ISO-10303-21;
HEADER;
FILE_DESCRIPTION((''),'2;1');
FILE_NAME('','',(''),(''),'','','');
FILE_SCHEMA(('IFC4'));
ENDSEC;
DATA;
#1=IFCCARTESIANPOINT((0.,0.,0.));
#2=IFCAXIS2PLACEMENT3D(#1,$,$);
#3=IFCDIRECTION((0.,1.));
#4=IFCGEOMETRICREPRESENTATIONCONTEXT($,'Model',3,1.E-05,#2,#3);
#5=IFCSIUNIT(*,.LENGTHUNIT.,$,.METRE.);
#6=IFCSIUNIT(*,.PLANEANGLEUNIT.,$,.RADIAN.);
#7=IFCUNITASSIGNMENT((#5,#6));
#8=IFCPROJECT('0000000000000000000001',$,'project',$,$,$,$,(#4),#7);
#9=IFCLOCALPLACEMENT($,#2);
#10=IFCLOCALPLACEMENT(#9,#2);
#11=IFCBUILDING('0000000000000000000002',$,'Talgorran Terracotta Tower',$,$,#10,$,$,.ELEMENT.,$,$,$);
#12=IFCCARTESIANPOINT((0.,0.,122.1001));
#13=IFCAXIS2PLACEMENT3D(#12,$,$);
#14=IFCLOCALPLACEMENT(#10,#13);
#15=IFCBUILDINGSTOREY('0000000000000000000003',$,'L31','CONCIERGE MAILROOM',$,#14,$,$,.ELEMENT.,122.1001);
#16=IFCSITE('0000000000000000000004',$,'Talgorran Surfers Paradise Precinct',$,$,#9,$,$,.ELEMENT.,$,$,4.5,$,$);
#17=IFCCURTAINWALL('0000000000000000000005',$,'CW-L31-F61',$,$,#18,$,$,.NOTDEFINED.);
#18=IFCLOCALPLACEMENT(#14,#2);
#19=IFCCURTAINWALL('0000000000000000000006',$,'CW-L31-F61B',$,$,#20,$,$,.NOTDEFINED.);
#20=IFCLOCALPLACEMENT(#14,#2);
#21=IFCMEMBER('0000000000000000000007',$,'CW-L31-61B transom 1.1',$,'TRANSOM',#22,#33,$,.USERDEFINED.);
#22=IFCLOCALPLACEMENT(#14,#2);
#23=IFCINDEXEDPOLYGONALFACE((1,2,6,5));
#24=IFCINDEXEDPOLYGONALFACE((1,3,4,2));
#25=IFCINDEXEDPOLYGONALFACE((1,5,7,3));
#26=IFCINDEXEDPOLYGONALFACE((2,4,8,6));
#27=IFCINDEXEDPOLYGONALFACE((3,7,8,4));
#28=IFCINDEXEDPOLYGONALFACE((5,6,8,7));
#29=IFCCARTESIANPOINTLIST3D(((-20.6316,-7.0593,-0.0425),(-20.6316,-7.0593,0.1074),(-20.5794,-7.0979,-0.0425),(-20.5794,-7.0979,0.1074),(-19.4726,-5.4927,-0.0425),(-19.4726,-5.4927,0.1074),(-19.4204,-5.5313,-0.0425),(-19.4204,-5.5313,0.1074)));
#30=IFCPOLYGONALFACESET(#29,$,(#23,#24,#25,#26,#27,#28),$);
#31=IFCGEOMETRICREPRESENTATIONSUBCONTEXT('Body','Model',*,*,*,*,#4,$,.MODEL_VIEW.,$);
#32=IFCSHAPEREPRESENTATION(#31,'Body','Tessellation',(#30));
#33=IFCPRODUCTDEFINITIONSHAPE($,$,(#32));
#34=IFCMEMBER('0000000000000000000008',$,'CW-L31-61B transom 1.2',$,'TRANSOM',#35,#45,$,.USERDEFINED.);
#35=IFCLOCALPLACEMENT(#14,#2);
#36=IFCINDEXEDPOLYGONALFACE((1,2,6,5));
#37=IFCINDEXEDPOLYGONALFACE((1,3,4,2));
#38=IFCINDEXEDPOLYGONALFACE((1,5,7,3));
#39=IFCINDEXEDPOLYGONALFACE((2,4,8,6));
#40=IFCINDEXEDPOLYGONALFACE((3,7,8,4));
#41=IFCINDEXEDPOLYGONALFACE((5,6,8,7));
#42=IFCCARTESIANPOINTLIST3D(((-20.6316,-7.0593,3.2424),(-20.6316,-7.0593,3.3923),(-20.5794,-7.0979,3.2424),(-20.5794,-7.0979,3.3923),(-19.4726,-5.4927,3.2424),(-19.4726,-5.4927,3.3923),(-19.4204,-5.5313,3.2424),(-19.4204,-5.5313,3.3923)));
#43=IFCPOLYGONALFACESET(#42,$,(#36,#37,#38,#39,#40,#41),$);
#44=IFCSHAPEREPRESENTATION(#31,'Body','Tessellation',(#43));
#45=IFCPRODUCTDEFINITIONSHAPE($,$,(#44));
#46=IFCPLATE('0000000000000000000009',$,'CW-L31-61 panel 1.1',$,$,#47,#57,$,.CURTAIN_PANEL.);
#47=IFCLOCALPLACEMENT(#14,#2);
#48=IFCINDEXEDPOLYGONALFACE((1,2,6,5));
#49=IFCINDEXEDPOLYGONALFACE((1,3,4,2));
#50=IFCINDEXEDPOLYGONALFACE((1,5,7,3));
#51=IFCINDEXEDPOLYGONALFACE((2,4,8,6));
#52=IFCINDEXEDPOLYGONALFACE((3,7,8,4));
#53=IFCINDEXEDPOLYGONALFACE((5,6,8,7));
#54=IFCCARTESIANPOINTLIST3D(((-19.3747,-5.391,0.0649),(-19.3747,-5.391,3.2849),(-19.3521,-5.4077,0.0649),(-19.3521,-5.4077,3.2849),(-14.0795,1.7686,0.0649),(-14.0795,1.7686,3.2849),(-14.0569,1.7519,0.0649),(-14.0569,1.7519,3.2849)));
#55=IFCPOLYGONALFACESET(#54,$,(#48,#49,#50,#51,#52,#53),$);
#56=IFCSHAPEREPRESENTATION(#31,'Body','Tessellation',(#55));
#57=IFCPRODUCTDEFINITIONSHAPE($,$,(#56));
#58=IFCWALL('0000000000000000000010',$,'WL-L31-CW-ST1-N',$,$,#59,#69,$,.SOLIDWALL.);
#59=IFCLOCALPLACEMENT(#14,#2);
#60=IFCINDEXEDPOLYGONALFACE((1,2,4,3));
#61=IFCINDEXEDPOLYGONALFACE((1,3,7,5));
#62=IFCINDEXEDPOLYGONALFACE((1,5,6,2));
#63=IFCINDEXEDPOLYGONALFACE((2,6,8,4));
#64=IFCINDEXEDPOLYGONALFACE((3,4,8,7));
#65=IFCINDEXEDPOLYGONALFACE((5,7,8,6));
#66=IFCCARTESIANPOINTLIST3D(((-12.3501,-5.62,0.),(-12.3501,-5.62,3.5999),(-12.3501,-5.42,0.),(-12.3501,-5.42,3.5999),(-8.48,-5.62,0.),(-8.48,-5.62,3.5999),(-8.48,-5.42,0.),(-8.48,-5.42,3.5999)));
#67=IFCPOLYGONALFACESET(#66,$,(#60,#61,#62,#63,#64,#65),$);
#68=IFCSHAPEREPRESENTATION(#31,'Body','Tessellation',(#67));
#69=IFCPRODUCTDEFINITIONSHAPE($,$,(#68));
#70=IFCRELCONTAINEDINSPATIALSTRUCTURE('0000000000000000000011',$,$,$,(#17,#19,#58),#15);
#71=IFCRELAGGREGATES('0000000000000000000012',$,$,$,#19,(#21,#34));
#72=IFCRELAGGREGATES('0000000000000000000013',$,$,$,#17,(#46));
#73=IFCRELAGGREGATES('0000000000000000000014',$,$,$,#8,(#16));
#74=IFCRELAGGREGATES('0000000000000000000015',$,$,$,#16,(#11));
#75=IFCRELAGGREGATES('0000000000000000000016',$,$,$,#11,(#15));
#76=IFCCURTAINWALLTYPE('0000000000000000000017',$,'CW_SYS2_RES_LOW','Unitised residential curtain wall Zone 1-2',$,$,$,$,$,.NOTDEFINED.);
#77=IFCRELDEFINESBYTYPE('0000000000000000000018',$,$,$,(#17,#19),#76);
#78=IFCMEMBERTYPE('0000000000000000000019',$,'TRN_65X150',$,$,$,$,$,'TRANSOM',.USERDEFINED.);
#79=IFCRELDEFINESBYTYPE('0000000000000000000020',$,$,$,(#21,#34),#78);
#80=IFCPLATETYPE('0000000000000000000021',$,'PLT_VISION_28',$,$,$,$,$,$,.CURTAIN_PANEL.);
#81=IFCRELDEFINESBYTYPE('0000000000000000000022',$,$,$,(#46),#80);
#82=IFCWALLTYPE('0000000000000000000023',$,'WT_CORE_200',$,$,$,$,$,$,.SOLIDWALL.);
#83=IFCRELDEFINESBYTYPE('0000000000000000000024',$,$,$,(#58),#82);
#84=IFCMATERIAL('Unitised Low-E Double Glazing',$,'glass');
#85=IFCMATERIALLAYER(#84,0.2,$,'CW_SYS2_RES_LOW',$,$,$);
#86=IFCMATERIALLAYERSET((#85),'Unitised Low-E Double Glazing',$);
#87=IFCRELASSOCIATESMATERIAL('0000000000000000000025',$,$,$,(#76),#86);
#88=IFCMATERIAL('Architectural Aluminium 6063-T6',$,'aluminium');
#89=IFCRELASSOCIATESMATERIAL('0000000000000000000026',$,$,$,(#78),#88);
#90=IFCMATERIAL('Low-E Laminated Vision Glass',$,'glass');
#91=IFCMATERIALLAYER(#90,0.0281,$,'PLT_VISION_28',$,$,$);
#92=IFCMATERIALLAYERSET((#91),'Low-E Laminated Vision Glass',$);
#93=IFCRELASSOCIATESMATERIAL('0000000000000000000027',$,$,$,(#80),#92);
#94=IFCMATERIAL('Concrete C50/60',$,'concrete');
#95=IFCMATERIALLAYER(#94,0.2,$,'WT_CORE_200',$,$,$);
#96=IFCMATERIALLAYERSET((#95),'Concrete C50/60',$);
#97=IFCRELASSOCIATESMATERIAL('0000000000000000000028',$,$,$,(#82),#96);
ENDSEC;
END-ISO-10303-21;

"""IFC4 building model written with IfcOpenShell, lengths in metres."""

from ifc_helpers import new_model, si_unit, direction, frame, frame_2d, origin, origin_2d, place, context, subcontext, project, spatial, rectangle, extrude, source, transform, mapped, material, layer, layer_set, material_profile, profile_set, type_object, type_shapes, element, aggregate, save


model = new_model("IFC4")

# Units and contexts
model_context = context("Model", 3, precision=1e-05, world=origin(), true_north=direction((0.0, 1.0)))
body_context = subcontext(model_context, "Body", "Model", "MODEL_VIEW")
ifc_project = project(units=[si_unit("LENGTHUNIT", "METRE"), si_unit("PLANEANGLEUNIT", "RADIAN")], contexts=[model_context])

# Site, building, storey
site_placement = place(None, origin())
site = spatial("IfcSite", under=ifc_project, at=site_placement, Name="Talgorran Surfers Paradise Precinct", CompositionType="ELEMENT", RefElevation=4.5)
building_placement = place(site_placement, origin())
building = spatial("IfcBuilding", under=site, at=building_placement, Name="Talgorran Terracotta Tower", CompositionType="ELEMENT")
storey_placement = place(building_placement, frame((0.0, 0.0, 122.1001)))
storey = spatial("IfcBuildingStorey", under=building, at=storey_placement, Name="L31", Description="CONCIERGE MAILROOM", CompositionType="ELEMENT", Elevation=122.1001)

# Curtain wall
ifc_material_1 = material(Name="Unitised Low-E Double Glazing", Category="glass")
ifc_layer_1 = layer(ifc_material_1, 0.2, Name="CW_SYS2_RES_LOW")
ifc_layer_set_1 = layer_set([ifc_layer_1], Name="Unitised Low-E Double Glazing")
curtain_wall_type = type_object("IfcCurtainWallType", Name="CW_SYS2_RES_LOW", Description="Unitised residential curtain wall Zone 1-2", PredefinedType="NOTDEFINED", material=ifc_layer_set_1)
curtain_wall_1_placement = place(storey_placement, origin())
curtain_wall_1 = element("IfcCurtainWall", 1, at=curtain_wall_1_placement, inside=storey, type_object=curtain_wall_type, Name="CW-L31-F61", PredefinedType="NOTDEFINED")
ifc_material_2 = material(Name="Architectural Aluminium 6063-T6", Category="aluminium")

# Curtain wall, members
curtain_wall_2_placement = place(storey_placement, origin())
curtain_wall_2 = element("IfcCurtainWall", 2, at=curtain_wall_2_placement, inside=storey, type_object=curtain_wall_type, Name="CW-L31-F61B", PredefinedType="NOTDEFINED")
ifc_material_profile_1 = material_profile(ifc_material_2, rectangle(XDim=0.0649, YDim=0.1499, at=origin_2d()), Name="CWT65X150")
ifc_profile_set_1 = profile_set([ifc_material_profile_1], Name="Architectural Aluminium 6063-T6")
member_type_1 = type_object("IfcMemberType", Name="TRN_65X150", ElementType="TRANSOM", PredefinedType="USERDEFINED", material=ifc_profile_set_1)
member_1_placement = place(storey_placement, frame((-19.4465, -5.512, 0.0325), z_axis=(-0.594715, -0.803937, 0.0), x_axis=(0.803937, -0.594715, 0.0)))
member_1 = element("IfcMember", 3, at=member_1_placement, type_object=member_type_1, Name="CW-L31-61B transom 1.1", ObjectType="TRANSOM", PredefinedType="USERDEFINED", context=body_context, shape_type="SweptSolid", body=[
    extrude(rectangle(XDim=0.0649, YDim=0.1499, at=origin_2d()), origin(), (0.0, 0.0, 1.0), 1.9487),
])
member_2_placement = place(storey_placement, frame((-19.4465, -5.512, 3.3174), z_axis=(-0.594715, -0.803937, 0.0), x_axis=(0.803937, -0.594715, 0.0)))
member_2 = element("IfcMember", 4, at=member_2_placement, type_object=member_type_1, Name="CW-L31-61B transom 1.2", ObjectType="TRANSOM", PredefinedType="USERDEFINED", context=body_context, shape_type="SweptSolid", body=[
    extrude(rectangle(XDim=0.0649, YDim=0.1499, at=origin_2d()), origin(), (0.0, 0.0, 1.0), 1.9487),
])
aggregate(curtain_wall_2, [member_1, member_2])

# Plate
ifc_material_3 = material(Name="Low-E Laminated Vision Glass", Category="glass")
ifc_layer_2 = layer(ifc_material_3, 0.0281, Name="PLT_VISION_28")
ifc_layer_set_2 = layer_set([ifc_layer_2], Name="Low-E Laminated Vision Glass")
plate_type = type_object("IfcPlateType", Name="PLT_VISION_28", PredefinedType="CURTAIN_PANEL", material=ifc_layer_set_2)
shared_shape = source(origin(), body_context, "Body", "SweptSolid", [
    extrude(rectangle(XDim=8.905, YDim=0.0281, at=origin_2d()), origin(), (0.0, 0.0, 1.0), 3.22),
])
type_shapes(plate_type, [shared_shape])
plate_placement = place(storey_placement, frame((-16.7158, -1.8196, 0.0649), z_axis=(0.0, 0.0, 1.0), x_axis=(-0.594633, -0.803997, 0.0)))
plate = element("IfcPlate", 5, at=plate_placement, type_object=plate_type, Name="CW-L31-61 panel 1.1", PredefinedType="CURTAIN_PANEL", context=body_context, shape_type="MappedRepresentation", body=[
    mapped(shared_shape, transform((0.0, 0.0, 0.0), scale=1.0)),
])
aggregate(curtain_wall_1, [plate])

# Wall
ifc_material_4 = material(Name="Concrete C50/60", Category="concrete")
ifc_layer_3 = layer(ifc_material_4, 0.2, Name="WT_CORE_200")
ifc_layer_set_3 = layer_set([ifc_layer_3], Name="Concrete C50/60")
wall_type_1 = type_object("IfcWallType", Name="WT_CORE_200", PredefinedType="SOLIDWALL", material=ifc_layer_set_3)
wall_1_placement = place(storey_placement, frame((-12.3501, -5.52, 0.0), z_axis=(0.0, 0.0, 1.0), x_axis=(1.0, 0.0, 0.0)))
element("IfcWall", 6, at=wall_1_placement, inside=storey, type_object=wall_type_1, Name="WL-L31-CW-ST1-N", PredefinedType="SOLIDWALL", context=body_context, shape_type="SweptSolid", body=[
    extrude(rectangle(XDim=3.8701, YDim=0.2, at=frame_2d((1.9351, 0.0))), origin(), (0.0, 0.0, 1.0), 3.5999),
])

save(model, "model.ifc")
